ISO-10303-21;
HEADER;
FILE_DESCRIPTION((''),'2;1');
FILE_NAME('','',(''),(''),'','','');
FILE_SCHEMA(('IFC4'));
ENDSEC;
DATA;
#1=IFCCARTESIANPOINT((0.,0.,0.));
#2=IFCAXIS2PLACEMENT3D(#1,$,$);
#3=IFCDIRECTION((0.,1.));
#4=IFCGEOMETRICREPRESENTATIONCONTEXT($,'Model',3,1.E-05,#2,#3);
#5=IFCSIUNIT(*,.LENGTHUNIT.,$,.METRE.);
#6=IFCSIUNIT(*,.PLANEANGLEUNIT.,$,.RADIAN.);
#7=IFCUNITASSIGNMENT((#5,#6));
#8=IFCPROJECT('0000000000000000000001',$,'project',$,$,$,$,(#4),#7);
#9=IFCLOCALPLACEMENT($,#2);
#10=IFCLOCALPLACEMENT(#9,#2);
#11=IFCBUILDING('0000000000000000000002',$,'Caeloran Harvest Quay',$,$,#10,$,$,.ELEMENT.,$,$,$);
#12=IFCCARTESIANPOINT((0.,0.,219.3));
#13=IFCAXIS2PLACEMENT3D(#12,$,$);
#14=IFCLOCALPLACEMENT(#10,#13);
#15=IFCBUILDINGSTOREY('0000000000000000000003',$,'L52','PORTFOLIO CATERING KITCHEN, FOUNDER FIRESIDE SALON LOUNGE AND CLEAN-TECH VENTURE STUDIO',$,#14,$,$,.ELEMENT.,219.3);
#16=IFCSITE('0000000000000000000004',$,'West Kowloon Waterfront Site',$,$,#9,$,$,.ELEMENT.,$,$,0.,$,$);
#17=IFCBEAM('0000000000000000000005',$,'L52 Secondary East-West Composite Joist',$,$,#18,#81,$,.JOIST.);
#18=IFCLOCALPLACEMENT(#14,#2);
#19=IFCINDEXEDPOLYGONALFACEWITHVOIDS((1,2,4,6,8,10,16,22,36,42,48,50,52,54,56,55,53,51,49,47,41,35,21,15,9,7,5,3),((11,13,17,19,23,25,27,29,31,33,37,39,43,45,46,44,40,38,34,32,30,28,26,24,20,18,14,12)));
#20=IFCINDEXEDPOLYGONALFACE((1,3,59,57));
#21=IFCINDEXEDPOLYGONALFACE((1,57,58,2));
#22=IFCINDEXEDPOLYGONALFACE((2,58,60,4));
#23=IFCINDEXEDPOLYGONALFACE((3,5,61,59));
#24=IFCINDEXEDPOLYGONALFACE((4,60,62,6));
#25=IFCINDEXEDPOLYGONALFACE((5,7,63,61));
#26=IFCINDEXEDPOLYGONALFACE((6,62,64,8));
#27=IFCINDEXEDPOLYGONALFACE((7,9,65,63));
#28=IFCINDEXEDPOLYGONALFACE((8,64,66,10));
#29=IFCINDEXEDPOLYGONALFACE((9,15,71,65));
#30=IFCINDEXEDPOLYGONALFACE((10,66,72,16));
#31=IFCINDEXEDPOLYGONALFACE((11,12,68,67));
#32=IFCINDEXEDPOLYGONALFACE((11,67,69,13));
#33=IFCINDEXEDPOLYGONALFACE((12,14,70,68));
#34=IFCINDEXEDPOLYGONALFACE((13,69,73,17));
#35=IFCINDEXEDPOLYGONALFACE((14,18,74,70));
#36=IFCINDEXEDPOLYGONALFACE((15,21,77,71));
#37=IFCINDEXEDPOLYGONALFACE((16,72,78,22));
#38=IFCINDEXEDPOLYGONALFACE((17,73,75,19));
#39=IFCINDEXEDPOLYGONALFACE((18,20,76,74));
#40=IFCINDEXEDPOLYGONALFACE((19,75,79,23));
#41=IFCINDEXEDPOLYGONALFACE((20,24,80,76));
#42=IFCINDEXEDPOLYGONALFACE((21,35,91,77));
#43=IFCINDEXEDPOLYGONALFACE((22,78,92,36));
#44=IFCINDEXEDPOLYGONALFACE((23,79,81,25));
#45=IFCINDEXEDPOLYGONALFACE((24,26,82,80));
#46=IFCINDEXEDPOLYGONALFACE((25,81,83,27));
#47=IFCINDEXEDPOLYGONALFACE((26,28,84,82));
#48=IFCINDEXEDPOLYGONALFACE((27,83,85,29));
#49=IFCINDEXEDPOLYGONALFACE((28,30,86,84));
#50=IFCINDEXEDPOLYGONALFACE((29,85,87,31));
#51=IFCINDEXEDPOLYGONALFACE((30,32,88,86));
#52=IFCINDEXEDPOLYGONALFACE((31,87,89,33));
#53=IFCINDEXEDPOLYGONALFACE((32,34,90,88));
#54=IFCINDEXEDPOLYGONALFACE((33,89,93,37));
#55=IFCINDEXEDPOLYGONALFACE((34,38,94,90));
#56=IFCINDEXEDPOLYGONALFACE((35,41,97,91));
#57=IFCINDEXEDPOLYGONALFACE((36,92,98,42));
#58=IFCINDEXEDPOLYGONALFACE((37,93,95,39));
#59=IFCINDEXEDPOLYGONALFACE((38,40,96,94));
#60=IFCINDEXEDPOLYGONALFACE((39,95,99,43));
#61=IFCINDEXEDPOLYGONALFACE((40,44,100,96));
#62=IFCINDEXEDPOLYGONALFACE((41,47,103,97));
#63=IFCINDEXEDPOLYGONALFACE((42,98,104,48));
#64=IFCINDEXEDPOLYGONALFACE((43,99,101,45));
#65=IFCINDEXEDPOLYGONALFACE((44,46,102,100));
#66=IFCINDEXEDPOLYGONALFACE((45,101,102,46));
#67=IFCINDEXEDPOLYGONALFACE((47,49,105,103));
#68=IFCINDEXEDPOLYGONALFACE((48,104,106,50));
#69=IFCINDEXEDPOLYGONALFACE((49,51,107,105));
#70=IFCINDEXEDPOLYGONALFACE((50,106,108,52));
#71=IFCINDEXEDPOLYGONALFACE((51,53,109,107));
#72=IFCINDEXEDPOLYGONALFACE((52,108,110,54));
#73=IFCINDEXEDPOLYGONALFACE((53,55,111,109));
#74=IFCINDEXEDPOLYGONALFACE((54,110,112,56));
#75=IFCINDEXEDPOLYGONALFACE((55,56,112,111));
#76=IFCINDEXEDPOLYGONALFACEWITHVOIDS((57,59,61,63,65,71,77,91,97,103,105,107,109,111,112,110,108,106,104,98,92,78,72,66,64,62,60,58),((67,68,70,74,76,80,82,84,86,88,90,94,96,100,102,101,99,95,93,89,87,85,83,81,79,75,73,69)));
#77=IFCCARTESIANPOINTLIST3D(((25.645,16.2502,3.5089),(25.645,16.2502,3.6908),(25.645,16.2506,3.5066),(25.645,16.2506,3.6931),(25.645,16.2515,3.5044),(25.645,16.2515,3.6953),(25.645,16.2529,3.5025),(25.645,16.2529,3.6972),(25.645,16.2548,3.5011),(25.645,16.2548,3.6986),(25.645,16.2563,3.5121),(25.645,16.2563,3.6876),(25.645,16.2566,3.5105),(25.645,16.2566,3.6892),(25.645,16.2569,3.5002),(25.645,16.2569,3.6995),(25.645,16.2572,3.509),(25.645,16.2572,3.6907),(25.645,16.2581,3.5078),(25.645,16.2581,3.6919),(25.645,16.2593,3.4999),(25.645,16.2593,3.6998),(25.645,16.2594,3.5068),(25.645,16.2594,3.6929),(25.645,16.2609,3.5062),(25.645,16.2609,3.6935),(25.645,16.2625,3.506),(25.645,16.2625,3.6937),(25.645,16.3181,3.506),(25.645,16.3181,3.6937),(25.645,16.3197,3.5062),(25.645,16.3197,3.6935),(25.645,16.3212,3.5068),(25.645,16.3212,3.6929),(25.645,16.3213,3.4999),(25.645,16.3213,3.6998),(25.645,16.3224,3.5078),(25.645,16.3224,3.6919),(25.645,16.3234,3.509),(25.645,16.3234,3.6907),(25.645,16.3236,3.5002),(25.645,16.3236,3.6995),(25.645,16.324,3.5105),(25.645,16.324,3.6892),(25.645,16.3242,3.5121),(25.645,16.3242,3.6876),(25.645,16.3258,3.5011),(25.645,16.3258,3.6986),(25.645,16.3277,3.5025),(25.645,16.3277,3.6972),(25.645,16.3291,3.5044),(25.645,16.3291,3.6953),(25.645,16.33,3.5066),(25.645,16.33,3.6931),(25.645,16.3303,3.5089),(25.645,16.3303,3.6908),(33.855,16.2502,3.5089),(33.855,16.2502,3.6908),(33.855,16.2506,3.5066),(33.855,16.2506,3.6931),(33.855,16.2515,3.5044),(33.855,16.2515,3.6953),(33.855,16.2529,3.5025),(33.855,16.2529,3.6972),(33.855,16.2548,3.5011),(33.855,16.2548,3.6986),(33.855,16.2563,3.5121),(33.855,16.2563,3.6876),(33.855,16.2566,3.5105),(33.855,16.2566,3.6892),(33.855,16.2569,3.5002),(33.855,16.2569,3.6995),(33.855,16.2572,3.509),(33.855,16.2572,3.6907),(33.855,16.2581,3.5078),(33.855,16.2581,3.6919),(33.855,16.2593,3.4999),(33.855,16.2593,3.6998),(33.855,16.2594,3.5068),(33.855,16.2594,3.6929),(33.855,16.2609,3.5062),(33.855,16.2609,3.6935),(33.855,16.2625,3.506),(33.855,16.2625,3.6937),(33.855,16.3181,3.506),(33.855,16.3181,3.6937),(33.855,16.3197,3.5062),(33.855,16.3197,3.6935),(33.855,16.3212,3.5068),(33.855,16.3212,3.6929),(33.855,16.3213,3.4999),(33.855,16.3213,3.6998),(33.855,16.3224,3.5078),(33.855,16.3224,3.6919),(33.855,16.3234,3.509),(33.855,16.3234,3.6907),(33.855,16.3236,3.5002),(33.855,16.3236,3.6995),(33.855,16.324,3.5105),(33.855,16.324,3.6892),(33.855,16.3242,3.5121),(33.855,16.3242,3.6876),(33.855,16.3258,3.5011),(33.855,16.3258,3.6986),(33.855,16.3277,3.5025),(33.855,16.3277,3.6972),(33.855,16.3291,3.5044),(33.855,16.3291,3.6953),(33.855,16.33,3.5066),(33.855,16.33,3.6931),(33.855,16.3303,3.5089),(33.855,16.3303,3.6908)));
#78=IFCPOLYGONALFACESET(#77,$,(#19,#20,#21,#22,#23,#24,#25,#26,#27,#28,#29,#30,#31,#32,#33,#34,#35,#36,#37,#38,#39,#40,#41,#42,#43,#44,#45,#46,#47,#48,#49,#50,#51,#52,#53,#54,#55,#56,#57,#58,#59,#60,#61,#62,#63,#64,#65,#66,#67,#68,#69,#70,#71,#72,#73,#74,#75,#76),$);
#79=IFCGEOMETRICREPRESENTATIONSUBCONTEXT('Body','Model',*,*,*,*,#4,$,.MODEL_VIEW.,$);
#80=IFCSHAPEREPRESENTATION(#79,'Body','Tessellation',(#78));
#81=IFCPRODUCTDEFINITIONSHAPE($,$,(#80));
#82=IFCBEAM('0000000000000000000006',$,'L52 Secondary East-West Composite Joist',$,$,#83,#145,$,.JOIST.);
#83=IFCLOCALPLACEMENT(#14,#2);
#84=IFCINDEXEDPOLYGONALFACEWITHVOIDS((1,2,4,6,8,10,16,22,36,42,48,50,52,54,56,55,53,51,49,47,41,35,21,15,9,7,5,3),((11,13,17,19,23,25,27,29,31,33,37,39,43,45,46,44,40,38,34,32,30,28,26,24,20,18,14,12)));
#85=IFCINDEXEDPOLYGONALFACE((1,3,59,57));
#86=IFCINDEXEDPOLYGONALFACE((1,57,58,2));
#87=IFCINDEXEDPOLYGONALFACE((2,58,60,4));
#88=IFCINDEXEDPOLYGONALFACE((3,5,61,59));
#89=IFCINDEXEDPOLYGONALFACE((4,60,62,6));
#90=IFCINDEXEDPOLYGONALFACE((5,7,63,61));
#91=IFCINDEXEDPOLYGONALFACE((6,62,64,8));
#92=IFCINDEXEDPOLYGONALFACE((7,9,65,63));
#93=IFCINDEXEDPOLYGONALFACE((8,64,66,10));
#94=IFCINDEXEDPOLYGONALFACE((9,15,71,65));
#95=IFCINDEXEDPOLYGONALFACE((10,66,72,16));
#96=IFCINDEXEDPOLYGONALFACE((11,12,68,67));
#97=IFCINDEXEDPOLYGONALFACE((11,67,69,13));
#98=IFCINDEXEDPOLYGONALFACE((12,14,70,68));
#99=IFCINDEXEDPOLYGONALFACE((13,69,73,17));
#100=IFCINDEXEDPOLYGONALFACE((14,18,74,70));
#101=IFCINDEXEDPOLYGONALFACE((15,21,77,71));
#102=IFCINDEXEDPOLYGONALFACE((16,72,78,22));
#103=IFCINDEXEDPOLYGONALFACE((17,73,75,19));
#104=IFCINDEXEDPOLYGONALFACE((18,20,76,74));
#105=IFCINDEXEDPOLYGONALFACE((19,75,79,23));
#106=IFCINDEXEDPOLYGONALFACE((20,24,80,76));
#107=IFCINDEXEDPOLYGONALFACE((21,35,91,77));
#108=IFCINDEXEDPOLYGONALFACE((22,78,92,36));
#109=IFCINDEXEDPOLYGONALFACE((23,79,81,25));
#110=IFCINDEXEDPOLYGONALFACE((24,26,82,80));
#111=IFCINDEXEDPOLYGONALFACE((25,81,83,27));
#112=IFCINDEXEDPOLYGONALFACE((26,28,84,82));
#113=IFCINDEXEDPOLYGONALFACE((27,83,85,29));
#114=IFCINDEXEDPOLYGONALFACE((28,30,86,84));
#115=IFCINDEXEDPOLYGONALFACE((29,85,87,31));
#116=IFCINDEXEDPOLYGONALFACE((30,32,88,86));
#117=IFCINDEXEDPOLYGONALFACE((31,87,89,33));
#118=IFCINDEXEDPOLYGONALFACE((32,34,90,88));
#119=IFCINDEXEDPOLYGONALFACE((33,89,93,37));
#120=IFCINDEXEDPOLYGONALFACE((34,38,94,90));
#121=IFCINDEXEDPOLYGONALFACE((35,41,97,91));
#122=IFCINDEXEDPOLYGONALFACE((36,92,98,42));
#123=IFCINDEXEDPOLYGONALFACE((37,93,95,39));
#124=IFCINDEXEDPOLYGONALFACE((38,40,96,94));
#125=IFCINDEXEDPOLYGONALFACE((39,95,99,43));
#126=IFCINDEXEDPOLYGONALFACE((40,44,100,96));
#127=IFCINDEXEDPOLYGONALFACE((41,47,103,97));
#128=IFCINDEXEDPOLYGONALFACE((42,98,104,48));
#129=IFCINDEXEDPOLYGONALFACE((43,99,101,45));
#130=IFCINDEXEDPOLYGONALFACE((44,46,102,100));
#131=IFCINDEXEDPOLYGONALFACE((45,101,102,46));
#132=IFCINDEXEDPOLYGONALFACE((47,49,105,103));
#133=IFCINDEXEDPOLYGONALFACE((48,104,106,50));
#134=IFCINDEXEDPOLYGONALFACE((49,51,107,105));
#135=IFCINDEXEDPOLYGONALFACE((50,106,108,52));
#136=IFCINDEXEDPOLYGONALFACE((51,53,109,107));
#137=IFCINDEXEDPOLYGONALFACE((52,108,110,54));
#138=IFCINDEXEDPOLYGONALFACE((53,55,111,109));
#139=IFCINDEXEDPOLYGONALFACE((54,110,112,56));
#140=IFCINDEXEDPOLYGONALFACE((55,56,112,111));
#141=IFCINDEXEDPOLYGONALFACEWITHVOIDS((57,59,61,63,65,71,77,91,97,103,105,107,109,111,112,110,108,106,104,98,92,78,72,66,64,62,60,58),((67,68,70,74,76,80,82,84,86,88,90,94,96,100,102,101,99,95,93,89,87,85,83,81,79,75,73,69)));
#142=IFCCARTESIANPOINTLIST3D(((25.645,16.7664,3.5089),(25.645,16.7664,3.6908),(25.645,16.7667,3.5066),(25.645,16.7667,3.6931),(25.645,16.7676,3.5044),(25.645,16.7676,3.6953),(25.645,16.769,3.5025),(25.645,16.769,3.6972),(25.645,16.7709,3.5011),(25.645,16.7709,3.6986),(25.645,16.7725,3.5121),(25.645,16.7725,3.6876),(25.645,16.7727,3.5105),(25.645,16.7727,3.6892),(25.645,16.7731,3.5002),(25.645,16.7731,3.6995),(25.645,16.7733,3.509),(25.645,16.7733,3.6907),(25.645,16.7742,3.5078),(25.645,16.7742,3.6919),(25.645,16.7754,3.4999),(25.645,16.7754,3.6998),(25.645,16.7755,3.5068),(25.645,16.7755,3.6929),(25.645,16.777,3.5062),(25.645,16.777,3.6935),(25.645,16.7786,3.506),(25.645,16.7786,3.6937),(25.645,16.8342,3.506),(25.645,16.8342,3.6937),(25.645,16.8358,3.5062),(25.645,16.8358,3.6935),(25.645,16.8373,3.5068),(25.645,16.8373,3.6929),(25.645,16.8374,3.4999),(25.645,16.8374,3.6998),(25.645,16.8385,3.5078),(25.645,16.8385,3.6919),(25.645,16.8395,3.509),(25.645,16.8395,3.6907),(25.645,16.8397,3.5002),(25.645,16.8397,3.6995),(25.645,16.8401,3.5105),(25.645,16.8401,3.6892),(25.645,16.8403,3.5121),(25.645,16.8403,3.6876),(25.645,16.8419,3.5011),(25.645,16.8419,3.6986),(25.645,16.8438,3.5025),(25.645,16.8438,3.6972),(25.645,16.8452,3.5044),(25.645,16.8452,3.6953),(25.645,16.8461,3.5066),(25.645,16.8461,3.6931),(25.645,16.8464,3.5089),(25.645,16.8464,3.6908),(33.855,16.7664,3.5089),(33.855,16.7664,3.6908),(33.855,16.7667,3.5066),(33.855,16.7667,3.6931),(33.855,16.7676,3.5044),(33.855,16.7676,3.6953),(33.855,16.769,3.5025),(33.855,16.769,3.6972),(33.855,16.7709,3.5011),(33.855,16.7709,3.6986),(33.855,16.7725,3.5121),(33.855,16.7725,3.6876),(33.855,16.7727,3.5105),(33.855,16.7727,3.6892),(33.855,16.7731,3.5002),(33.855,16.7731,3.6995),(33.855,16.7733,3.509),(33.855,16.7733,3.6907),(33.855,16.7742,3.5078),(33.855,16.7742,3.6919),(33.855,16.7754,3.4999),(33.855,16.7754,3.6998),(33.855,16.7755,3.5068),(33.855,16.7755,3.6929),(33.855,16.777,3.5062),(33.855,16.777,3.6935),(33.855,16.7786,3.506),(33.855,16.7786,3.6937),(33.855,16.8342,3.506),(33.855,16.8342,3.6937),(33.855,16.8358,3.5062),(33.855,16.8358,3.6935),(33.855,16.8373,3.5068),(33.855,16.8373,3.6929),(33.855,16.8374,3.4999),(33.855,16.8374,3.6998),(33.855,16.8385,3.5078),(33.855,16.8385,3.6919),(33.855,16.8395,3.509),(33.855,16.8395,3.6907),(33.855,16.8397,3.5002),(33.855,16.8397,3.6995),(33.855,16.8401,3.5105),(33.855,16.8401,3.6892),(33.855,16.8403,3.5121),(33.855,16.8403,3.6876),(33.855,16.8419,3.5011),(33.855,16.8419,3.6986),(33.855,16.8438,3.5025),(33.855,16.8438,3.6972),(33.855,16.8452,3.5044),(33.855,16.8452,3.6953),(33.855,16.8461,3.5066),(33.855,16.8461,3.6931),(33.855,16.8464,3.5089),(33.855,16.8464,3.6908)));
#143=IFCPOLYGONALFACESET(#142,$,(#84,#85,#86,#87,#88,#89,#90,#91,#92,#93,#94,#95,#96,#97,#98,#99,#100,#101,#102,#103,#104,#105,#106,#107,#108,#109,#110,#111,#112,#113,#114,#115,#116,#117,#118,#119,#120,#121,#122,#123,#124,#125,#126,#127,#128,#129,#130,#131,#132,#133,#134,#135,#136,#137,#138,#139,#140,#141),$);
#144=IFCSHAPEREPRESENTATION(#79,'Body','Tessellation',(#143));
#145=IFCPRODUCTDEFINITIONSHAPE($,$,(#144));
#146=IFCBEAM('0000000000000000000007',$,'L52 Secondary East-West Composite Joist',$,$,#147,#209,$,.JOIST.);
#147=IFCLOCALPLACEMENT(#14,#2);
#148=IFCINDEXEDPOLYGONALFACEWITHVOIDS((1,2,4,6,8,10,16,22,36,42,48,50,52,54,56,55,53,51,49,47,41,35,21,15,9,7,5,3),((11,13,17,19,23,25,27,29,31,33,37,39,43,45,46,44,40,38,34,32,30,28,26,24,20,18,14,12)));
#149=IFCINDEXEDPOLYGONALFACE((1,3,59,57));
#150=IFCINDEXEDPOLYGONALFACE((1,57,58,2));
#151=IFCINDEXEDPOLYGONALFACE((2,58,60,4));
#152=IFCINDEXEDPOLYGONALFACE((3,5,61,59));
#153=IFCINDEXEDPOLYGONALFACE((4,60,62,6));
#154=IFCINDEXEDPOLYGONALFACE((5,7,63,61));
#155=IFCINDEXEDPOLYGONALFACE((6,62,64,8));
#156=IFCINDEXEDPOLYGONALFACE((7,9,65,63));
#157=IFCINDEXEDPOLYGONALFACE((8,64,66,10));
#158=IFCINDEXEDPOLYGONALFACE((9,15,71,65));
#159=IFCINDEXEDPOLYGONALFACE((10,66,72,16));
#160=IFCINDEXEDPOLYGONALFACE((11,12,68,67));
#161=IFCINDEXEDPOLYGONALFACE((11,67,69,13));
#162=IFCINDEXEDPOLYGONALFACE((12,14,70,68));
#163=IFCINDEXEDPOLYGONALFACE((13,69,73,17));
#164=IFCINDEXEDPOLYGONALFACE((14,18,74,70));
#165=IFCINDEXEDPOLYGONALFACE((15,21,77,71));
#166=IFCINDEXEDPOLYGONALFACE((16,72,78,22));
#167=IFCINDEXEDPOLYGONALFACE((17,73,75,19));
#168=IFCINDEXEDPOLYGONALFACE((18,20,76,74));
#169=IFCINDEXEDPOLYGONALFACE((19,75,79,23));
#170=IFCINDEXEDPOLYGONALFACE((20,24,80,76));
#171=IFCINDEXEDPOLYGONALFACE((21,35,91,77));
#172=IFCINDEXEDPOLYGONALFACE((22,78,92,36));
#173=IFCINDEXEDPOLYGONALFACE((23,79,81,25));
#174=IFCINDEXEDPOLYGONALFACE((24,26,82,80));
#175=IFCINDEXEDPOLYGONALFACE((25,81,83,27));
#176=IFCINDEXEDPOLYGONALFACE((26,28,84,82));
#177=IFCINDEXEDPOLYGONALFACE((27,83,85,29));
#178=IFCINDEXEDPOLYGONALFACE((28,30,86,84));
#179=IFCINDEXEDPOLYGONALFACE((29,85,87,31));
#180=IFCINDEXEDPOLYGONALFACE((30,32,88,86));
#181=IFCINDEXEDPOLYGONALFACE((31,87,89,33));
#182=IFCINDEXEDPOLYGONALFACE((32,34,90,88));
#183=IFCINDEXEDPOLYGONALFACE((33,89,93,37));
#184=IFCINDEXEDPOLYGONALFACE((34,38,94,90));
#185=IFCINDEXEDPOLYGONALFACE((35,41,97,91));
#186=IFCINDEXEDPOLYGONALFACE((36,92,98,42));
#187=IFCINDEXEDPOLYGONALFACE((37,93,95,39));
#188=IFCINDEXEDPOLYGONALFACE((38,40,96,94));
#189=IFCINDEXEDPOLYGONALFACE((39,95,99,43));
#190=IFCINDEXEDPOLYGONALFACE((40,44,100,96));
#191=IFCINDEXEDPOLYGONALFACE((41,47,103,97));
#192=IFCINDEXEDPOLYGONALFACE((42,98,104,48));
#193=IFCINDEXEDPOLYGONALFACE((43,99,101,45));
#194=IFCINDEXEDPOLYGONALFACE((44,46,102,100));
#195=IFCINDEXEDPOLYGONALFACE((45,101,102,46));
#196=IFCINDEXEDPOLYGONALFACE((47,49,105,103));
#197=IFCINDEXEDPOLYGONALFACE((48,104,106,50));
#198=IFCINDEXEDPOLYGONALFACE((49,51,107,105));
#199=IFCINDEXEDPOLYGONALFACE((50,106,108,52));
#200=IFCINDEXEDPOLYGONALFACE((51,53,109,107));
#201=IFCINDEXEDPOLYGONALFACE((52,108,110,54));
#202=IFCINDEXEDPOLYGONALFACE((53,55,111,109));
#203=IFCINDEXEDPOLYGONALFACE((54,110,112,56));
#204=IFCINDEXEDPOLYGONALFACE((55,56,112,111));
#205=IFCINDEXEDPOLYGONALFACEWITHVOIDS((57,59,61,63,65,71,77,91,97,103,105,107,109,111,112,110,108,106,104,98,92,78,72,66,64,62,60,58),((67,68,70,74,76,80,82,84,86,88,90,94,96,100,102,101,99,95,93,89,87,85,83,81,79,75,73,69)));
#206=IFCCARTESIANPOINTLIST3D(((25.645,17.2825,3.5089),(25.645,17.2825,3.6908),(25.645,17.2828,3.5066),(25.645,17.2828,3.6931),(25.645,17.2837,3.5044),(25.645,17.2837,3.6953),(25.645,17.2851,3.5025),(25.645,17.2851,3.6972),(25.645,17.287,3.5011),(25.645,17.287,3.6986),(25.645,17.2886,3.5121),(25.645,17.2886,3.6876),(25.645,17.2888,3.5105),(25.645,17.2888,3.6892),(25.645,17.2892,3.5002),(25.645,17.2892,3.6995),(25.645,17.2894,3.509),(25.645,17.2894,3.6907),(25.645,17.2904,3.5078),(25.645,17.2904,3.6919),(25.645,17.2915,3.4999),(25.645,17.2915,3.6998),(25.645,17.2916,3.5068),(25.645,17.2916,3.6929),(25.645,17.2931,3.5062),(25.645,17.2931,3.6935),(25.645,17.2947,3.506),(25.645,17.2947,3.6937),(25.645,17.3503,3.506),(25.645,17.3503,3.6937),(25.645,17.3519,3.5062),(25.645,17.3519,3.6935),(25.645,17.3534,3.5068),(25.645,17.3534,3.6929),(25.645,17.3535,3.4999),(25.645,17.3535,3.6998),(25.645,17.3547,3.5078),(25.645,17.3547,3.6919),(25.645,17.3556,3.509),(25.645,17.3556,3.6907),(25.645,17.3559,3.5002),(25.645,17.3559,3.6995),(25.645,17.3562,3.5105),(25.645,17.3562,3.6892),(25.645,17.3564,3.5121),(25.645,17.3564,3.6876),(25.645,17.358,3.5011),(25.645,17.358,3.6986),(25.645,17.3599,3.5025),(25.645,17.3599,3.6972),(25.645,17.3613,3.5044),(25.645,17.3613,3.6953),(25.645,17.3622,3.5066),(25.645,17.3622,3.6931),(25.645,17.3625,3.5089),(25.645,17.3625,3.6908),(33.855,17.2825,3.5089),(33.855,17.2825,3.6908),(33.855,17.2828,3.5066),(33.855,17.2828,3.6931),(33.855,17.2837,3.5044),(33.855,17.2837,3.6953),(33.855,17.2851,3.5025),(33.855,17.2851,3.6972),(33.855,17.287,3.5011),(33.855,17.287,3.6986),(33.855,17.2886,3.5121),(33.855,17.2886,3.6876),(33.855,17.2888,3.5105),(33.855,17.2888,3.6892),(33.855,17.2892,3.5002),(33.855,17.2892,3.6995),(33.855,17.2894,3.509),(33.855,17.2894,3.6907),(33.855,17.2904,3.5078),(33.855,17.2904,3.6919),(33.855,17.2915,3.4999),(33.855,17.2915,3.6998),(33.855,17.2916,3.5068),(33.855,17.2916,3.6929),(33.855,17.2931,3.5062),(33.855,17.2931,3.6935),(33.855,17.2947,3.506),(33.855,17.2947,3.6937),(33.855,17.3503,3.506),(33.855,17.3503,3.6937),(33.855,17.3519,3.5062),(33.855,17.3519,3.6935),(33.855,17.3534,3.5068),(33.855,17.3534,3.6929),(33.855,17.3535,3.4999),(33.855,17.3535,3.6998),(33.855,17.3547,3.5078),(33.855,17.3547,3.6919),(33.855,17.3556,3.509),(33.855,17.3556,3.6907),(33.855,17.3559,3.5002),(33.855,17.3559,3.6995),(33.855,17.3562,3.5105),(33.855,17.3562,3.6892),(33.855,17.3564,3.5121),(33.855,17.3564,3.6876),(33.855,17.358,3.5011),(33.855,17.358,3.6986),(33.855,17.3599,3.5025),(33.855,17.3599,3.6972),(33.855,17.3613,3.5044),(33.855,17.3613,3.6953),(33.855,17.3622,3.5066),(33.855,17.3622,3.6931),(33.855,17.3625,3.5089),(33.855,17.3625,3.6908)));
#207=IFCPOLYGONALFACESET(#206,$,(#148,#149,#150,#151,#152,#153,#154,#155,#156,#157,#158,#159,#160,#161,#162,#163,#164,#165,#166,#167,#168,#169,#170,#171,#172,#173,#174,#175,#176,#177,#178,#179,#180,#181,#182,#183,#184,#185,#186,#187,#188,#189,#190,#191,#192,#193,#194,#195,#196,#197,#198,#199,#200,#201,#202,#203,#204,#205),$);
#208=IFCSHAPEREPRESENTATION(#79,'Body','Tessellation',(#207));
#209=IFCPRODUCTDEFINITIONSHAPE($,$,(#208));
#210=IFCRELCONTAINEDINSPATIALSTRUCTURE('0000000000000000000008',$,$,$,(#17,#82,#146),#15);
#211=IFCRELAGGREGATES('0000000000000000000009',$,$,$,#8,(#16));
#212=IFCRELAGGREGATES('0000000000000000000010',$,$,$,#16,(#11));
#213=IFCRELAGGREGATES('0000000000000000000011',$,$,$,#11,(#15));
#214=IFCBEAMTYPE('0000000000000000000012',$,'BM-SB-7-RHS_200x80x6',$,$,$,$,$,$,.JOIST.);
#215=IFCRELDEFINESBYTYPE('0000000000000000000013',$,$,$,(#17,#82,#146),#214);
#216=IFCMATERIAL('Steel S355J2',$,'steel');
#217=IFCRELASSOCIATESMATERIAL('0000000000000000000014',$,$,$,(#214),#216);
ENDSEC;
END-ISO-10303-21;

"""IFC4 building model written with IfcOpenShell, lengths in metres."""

from ifc_helpers import new_model, si_unit, direction, frame, origin, origin_2d, place, context, subcontext, project, spatial, hollow_rectangle, extrude, material, material_profile, profile_set, type_object, element, save


model = new_model("IFC4")

# Units and contexts
model_context = context("Model", 3, precision=1e-05, world=origin(), true_north=direction((0.0, 1.0)))
body_context = subcontext(model_context, "Body", "Model", "MODEL_VIEW")
ifc_project = project(units=[si_unit("LENGTHUNIT", "METRE"), si_unit("PLANEANGLEUNIT", "RADIAN")], contexts=[model_context])

# Site, building, storey
site_placement = place(None, origin())
site = spatial("IfcSite", under=ifc_project, at=site_placement, Name="West Kowloon Waterfront Site", CompositionType="ELEMENT", RefElevation=0.0)
building_placement = place(site_placement, origin())
building = spatial("IfcBuilding", under=site, at=building_placement, Name="Caeloran Harvest Quay", CompositionType="ELEMENT")
storey_placement = place(building_placement, frame((0.0, 0.0, 219.3)))
storey = spatial("IfcBuildingStorey", under=building, at=storey_placement, Name="L52", Description="PORTFOLIO CATERING KITCHEN, FOUNDER FIRESIDE SALON LOUNGE AND CLEAN-TECH VENTURE STUDIO", CompositionType="ELEMENT", Elevation=219.3)

# Beams
ifc_material_1 = material(Name="Steel S355J2", Category="steel")
ifc_material_profile_1 = material_profile(ifc_material_1, hollow_rectangle(XDim=0.0801, YDim=0.2, WallThickness=0.0061, InnerFilletRadius=0.0061, OuterFilletRadius=0.009, at=origin_2d()), Name="RHS 200x80x6")
ifc_profile_set_1 = profile_set([ifc_material_profile_1], Name="Steel S355J2")
beam_type_1 = type_object("IfcBeamType", Name="BM-SB-7-RHS_200x80x6", PredefinedType="JOIST", material=ifc_profile_set_1)
for number, where, z_axis, x_axis, name in (
    (1, (25.645, 16.2903, 3.5999), (1.0, 0.0, 0.0), (0.0, 1.0, 0.0), "L52 Secondary East-West Composite Joist"),
    (2, (25.645, 16.8064, 3.5999), (1.0, 0.0, 0.0), (0.0, 1.0, 0.0), "L52 Secondary East-West Composite Joist"),
    (3, (25.645, 17.3225, 3.5999), (1.0, 0.0, 0.0), (0.0, 1.0, 0.0), "L52 Secondary East-West Composite Joist"),
):
    element("IfcBeam", number, at=place(storey_placement, frame(where, z_axis=z_axis, x_axis=x_axis)), inside=storey, type_object=beam_type_1, Name=name, PredefinedType="JOIST", context=body_context, shape_type="SweptSolid", body=[
        extrude(hollow_rectangle(XDim=0.0801, YDim=0.2, WallThickness=0.0061, InnerFilletRadius=0.0061, OuterFilletRadius=0.009, at=origin_2d()), origin(), (0.0, 0.0, 1.0), 8.21),
    ])

save(model, "model.ifc")
